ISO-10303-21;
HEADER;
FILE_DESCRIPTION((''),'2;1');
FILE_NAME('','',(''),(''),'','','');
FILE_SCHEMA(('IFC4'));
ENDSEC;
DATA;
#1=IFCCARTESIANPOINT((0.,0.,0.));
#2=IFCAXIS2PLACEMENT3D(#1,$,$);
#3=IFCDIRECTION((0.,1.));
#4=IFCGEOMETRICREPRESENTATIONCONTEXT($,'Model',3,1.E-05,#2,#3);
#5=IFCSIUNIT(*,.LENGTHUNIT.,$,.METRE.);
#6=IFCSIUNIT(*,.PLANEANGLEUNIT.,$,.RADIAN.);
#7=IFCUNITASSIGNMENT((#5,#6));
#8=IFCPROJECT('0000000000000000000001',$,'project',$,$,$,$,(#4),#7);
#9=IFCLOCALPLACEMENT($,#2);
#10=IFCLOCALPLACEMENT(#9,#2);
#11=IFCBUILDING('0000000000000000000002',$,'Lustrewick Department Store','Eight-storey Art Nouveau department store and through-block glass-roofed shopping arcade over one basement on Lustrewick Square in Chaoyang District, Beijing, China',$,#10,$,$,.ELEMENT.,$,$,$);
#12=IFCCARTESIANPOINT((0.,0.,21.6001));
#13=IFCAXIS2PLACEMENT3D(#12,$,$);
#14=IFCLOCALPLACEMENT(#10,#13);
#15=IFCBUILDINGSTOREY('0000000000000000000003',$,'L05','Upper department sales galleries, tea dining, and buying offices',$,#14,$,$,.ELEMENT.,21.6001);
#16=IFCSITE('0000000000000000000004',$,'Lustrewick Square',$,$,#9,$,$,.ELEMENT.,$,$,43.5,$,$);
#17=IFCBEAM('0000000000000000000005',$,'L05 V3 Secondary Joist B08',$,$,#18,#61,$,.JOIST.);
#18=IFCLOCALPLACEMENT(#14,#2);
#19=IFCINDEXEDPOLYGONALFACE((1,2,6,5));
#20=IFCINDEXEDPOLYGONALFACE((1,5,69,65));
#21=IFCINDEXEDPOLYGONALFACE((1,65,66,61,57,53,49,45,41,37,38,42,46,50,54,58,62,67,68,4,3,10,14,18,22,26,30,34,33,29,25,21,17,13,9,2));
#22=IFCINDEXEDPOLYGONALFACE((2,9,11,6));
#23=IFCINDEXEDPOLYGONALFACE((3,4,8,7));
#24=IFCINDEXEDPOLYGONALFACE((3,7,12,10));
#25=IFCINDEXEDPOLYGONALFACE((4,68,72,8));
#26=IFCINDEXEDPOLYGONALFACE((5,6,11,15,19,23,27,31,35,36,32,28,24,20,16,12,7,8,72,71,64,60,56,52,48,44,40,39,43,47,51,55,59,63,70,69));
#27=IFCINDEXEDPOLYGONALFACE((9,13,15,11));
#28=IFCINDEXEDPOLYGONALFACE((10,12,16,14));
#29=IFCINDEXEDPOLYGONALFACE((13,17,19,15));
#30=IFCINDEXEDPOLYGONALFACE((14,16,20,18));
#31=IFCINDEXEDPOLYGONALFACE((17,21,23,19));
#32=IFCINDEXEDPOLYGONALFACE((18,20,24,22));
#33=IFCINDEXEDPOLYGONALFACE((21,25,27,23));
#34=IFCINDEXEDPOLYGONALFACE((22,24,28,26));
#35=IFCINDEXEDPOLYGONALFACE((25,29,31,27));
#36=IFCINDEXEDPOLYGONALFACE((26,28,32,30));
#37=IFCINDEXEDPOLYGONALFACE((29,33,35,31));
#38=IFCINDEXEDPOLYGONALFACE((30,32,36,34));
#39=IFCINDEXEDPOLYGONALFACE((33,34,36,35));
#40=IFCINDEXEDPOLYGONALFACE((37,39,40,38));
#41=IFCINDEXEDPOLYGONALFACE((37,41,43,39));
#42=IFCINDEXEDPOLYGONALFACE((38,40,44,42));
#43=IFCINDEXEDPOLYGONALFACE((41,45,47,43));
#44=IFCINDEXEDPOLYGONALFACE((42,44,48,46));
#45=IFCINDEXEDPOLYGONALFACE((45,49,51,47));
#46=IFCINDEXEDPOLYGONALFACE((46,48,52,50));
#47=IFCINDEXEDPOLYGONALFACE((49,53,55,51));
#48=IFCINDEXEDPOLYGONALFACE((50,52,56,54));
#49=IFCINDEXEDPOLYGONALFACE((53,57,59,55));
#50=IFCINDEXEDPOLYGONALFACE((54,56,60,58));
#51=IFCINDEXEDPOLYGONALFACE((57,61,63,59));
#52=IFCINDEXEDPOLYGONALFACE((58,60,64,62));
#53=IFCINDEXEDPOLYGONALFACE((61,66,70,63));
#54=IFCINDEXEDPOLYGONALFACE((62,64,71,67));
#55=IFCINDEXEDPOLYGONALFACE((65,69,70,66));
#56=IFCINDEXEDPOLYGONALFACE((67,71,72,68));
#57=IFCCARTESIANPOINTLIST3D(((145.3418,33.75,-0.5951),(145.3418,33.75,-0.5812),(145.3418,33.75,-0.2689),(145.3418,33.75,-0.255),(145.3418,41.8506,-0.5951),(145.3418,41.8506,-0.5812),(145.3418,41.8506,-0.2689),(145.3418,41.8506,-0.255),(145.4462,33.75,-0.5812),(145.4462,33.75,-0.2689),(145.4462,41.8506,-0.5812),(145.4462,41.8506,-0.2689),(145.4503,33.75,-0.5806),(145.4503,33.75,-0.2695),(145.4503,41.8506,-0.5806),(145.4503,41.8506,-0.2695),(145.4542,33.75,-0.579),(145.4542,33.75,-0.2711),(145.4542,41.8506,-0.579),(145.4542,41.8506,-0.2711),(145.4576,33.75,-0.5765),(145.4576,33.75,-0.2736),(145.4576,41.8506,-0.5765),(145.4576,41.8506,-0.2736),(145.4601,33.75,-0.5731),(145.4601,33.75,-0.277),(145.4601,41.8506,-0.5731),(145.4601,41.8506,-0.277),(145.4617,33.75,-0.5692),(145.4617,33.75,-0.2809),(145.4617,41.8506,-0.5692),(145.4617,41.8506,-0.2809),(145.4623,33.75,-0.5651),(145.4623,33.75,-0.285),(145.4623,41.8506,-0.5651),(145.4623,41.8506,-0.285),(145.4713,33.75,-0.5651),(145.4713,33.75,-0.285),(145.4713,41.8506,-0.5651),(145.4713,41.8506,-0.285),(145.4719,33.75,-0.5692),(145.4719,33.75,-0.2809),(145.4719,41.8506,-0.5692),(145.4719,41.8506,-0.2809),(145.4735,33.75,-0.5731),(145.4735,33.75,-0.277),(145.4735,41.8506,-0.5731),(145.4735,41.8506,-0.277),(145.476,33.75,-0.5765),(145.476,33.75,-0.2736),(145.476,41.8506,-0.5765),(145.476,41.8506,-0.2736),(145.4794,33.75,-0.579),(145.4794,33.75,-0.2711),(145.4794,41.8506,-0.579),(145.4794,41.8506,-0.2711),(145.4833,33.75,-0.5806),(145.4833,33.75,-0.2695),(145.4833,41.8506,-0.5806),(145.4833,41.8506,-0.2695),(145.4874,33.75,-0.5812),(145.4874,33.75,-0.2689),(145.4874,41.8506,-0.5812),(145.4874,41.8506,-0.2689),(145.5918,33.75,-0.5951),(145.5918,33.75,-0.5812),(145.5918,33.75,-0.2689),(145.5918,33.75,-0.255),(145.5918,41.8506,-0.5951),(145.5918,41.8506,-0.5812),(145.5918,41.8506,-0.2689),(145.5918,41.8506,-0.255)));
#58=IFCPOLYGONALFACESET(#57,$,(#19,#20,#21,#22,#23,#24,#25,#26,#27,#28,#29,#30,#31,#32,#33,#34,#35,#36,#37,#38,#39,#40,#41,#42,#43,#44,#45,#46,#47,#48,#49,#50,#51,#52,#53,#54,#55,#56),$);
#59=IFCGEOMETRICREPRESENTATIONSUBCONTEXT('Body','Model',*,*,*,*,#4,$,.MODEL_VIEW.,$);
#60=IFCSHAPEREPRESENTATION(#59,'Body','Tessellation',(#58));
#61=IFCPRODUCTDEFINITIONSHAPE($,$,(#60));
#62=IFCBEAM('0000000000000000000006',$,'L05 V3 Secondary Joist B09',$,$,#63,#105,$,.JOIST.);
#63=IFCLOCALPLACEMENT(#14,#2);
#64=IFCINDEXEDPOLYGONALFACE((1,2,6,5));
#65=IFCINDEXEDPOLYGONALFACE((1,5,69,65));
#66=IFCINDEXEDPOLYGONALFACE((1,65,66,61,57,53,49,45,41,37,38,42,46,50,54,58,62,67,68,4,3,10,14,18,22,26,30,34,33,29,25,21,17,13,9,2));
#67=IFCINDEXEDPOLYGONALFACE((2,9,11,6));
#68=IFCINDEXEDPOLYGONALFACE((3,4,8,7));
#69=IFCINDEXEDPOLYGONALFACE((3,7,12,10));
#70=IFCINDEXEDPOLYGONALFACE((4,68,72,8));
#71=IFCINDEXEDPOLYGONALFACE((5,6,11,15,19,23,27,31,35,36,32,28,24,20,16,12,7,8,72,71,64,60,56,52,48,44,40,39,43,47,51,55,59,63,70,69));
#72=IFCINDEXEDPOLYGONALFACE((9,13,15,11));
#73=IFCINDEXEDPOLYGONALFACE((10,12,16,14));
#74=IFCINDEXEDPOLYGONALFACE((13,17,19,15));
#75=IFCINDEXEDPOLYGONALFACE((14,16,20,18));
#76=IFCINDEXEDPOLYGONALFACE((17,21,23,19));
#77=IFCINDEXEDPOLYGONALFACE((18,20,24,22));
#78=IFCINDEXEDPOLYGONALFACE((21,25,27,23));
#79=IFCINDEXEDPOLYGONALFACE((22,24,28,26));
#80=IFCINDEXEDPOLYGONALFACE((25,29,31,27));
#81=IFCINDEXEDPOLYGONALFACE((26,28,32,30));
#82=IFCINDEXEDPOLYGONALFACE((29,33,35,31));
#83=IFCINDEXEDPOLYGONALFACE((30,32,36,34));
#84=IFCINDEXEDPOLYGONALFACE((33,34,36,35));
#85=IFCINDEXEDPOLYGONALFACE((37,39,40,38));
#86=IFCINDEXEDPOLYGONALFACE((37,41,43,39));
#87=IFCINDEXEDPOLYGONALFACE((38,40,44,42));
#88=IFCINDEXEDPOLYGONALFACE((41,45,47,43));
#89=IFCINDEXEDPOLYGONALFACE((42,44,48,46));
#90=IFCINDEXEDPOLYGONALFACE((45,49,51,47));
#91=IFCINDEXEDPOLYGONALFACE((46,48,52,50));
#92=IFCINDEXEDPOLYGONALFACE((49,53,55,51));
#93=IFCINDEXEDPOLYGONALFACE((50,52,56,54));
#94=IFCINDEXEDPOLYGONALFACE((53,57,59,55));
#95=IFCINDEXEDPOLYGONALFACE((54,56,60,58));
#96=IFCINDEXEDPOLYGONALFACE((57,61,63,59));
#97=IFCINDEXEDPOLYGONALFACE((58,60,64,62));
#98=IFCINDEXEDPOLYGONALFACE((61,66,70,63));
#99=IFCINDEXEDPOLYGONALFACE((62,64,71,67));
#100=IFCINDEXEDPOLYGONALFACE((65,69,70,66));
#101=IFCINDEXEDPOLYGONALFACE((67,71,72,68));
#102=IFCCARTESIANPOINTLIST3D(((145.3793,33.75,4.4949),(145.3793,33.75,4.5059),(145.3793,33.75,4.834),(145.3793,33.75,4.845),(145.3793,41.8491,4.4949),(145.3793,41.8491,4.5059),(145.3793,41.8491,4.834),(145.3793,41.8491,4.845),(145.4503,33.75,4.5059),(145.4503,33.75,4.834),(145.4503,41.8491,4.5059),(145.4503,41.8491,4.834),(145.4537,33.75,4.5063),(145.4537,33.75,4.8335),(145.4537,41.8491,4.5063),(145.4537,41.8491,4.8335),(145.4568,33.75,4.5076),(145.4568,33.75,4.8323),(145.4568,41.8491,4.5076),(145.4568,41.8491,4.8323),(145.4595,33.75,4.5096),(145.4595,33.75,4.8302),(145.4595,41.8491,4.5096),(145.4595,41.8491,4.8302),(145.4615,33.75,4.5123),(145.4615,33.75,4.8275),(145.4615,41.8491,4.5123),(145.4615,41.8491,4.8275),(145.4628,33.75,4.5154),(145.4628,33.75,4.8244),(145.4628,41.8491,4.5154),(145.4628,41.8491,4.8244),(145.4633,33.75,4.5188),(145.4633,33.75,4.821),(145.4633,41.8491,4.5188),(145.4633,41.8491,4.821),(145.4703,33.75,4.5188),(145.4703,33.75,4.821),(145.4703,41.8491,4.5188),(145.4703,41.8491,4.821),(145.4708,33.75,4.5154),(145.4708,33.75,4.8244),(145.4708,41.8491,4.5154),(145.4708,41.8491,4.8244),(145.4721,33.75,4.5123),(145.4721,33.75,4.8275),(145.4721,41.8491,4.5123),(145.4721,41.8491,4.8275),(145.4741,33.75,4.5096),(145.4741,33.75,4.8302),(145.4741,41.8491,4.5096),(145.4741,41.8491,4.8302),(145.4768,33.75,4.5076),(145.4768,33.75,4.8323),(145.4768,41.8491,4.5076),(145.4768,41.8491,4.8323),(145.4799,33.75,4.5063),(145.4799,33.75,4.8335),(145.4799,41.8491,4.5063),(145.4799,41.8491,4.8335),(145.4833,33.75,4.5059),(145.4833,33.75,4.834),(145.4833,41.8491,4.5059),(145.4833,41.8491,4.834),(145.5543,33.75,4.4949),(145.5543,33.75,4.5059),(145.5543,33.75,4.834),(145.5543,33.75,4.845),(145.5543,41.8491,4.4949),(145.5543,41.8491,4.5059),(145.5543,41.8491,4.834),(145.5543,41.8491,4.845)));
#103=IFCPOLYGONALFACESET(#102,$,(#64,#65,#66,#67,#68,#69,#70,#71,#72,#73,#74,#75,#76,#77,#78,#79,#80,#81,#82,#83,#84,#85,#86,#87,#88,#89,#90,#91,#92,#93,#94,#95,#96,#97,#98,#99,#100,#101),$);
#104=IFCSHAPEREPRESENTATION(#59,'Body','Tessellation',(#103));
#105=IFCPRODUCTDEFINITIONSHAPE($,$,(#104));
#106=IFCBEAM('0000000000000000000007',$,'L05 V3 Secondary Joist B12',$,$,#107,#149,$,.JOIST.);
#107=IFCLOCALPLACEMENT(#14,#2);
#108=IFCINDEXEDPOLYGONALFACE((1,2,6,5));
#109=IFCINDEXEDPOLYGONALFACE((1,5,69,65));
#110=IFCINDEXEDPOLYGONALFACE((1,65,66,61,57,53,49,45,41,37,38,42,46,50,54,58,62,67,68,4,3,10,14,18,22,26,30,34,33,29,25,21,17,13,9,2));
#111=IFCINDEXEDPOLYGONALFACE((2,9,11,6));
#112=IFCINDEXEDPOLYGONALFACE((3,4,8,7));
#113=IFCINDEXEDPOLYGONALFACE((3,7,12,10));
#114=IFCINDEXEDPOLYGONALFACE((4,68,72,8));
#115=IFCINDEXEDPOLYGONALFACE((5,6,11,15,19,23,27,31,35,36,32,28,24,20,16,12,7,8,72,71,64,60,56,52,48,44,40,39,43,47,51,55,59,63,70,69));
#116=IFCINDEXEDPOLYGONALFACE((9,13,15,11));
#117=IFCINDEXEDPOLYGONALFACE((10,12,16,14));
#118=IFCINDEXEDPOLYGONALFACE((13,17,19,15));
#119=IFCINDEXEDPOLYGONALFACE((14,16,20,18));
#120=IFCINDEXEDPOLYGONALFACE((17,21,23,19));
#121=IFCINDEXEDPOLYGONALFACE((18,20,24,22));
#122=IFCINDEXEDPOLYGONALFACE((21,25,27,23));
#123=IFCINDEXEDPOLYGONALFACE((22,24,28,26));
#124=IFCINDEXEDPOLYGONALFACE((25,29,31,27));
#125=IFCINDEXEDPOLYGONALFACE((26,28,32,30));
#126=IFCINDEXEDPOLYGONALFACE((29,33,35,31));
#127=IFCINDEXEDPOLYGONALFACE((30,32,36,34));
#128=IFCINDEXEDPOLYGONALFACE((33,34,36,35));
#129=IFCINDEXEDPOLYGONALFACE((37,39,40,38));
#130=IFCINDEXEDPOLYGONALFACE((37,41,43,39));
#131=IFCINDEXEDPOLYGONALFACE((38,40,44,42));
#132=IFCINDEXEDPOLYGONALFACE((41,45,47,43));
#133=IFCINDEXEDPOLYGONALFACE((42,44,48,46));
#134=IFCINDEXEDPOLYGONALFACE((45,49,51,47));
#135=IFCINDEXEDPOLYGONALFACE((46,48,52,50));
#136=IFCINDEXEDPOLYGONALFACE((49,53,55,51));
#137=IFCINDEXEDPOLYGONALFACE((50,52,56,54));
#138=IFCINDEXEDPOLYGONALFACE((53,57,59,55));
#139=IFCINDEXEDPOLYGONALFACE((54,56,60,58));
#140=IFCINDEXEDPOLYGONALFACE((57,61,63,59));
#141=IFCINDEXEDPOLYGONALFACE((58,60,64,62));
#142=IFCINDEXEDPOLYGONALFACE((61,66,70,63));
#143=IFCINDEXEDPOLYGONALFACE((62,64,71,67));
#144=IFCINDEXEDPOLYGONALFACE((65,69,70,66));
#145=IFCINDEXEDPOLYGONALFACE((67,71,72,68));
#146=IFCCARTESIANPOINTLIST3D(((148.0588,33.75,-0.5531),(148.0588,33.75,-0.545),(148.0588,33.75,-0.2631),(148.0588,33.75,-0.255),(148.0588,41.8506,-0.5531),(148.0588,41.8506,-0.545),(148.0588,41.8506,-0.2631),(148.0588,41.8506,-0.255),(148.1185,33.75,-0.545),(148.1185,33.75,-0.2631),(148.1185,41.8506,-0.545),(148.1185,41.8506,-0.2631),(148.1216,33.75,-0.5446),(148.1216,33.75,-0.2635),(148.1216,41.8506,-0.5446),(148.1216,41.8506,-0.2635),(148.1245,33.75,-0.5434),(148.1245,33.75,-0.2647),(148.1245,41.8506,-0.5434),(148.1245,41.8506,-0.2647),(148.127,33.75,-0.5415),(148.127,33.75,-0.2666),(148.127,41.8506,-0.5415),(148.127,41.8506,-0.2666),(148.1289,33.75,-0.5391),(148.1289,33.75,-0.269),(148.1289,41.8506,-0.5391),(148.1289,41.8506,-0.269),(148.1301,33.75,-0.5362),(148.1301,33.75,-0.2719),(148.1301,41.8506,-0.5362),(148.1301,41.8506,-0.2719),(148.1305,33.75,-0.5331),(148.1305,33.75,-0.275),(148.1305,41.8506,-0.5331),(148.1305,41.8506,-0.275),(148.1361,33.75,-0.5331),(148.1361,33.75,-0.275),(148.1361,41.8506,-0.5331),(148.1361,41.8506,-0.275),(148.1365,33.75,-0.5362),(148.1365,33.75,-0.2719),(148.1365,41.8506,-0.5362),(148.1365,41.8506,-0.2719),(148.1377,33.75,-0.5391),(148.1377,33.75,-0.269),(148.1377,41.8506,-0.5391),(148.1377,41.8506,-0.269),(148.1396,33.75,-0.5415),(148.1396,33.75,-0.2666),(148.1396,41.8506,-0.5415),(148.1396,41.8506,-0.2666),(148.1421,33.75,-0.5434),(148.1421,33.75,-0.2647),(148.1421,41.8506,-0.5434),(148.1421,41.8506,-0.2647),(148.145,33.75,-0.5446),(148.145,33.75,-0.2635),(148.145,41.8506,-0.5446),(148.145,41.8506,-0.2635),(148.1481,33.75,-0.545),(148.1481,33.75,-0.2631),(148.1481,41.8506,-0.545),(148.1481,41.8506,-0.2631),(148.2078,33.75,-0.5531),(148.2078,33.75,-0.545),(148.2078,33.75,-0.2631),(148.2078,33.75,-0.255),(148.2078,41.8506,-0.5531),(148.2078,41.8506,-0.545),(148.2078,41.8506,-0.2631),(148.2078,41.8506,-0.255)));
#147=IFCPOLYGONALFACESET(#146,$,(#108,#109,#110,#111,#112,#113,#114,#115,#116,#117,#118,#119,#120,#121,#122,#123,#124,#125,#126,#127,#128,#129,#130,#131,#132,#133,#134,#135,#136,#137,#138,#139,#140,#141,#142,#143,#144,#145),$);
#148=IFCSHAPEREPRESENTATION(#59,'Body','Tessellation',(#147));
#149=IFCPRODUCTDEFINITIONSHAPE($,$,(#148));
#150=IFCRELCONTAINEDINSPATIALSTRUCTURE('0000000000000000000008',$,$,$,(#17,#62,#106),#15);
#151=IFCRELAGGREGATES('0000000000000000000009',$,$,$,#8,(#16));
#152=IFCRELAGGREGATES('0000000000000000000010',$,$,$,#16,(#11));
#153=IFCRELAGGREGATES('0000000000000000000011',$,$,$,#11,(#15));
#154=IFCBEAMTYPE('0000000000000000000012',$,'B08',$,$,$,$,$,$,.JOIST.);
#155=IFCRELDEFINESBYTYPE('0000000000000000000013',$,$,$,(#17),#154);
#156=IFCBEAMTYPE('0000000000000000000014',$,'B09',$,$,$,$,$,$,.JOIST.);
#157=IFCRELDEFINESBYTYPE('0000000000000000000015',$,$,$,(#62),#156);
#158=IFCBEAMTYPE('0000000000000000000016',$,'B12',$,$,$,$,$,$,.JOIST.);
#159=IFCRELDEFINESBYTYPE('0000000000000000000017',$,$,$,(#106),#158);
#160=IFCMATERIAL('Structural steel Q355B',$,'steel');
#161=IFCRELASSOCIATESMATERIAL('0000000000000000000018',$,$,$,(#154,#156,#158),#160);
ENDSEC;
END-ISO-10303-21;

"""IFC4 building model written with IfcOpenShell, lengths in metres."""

from ifc_helpers import new_model, si_unit, direction, frame, origin, origin_2d, place, context, subcontext, project, spatial, i_section, extrude, material, material_profile, profile_set, type_object, element, save


model = new_model("IFC4")

# Units and contexts
model_context = context("Model", 3, precision=1e-05, world=origin(), true_north=direction((0.0, 1.0)))
body_context = subcontext(model_context, "Body", "Model", "MODEL_VIEW")
ifc_project = project(units=[si_unit("LENGTHUNIT", "METRE"), si_unit("PLANEANGLEUNIT", "RADIAN")], contexts=[model_context])

# Site, building, storey
site_placement = place(None, origin())
site = spatial("IfcSite", under=ifc_project, at=site_placement, Name="Lustrewick Square", CompositionType="ELEMENT", RefElevation=43.5)
building_placement = place(site_placement, origin())
building = spatial("IfcBuilding", under=site, at=building_placement, Name="Lustrewick Department Store", Description="Eight-storey Art Nouveau department store and through-block glass-roofed shopping arcade over one basement on Lustrewick Square in Chaoyang District, Beijing, China", CompositionType="ELEMENT")
storey_placement = place(building_placement, frame((0.0, 0.0, 21.6001)))
storey = spatial("IfcBuildingStorey", under=building, at=storey_placement, Name="L05", Description="Upper department sales galleries, tea dining, and buying offices", CompositionType="ELEMENT", Elevation=21.6001)

# Shared definitions
ifc_material_1 = material(Name="Structural steel Q355B", Category="steel")

# Beams
ifc_material_profile_1 = material_profile(ifc_material_1, i_section(OverallWidth=0.25, OverallDepth=0.3401, WebThickness=0.009, FlangeThickness=0.0139, FilletRadius=0.0161, at=origin_2d()), Name="HM 340x250x9x14")
ifc_profile_set_1 = profile_set([ifc_material_profile_1], Name="Structural steel Q355B")
beam_type_1 = type_object("IfcBeamType", Name="B08", PredefinedType="JOIST", material=ifc_profile_set_1)
beam_1_placement = place(storey_placement, frame((145.4668, 33.75, -0.425), z_axis=(0.0, 1.0, 0.0), x_axis=(-1.0, 0.0, 0.0)))
element("IfcBeam", 1, at=beam_1_placement, inside=storey, type_object=beam_type_1, Name="L05 V3 Secondary Joist B08", PredefinedType="JOIST", context=body_context, shape_type="SweptSolid", body=[
    extrude(i_section(OverallWidth=0.25, OverallDepth=0.3401, WebThickness=0.009, FlangeThickness=0.0139, FilletRadius=0.0161, at=origin_2d()), origin(), (0.0, 0.0, 1.0), 8.1006),
])
ifc_material_profile_2 = material_profile(ifc_material_1, i_section(OverallWidth=0.175, OverallDepth=0.3501, WebThickness=0.0071, FlangeThickness=0.011, FilletRadius=0.0129, at=origin_2d()), Name="HN 350x175x7x11")
ifc_profile_set_2 = profile_set([ifc_material_profile_2], Name="Structural steel Q355B")
beam_type_2 = type_object("IfcBeamType", Name="B09", PredefinedType="JOIST", material=ifc_profile_set_2)
beam_2_placement = place(storey_placement, frame((145.4668, 33.75, 4.6699), z_axis=(0.0, 1.0, 0.0), x_axis=(-1.0, 0.0, 0.0)))
element("IfcBeam", 2, at=beam_2_placement, inside=storey, type_object=beam_type_2, Name="L05 V3 Secondary Joist B09", PredefinedType="JOIST", context=body_context, shape_type="SweptSolid", body=[
    extrude(i_section(OverallWidth=0.175, OverallDepth=0.3501, WebThickness=0.0071, FlangeThickness=0.011, FilletRadius=0.0129, at=origin_2d()), origin(), (0.0, 0.0, 1.0), 8.0991),
])
ifc_material_profile_3 = material_profile(ifc_material_1, i_section(OverallWidth=0.1489, OverallDepth=0.2981, WebThickness=0.0056, FlangeThickness=0.0081, FilletRadius=0.012, at=origin_2d()), Name="HN 298x149x5.5x8")
ifc_profile_set_3 = profile_set([ifc_material_profile_3], Name="Structural steel Q355B")
beam_type_3 = type_object("IfcBeamType", Name="B12", PredefinedType="JOIST", material=ifc_profile_set_3)
beam_3_placement = place(storey_placement, frame((148.1333, 33.75, -0.4041), z_axis=(0.0, 1.0, 0.0), x_axis=(-1.0, 0.0, 0.0)))
element("IfcBeam", 3, at=beam_3_placement, inside=storey, type_object=beam_type_3, Name="L05 V3 Secondary Joist B12", PredefinedType="JOIST", context=body_context, shape_type="SweptSolid", body=[
    extrude(i_section(OverallWidth=0.1489, OverallDepth=0.2981, WebThickness=0.0056, FlangeThickness=0.0081, FilletRadius=0.012, at=origin_2d()), origin(), (0.0, 0.0, 1.0), 8.1006),
])

save(model, "model.ifc")
